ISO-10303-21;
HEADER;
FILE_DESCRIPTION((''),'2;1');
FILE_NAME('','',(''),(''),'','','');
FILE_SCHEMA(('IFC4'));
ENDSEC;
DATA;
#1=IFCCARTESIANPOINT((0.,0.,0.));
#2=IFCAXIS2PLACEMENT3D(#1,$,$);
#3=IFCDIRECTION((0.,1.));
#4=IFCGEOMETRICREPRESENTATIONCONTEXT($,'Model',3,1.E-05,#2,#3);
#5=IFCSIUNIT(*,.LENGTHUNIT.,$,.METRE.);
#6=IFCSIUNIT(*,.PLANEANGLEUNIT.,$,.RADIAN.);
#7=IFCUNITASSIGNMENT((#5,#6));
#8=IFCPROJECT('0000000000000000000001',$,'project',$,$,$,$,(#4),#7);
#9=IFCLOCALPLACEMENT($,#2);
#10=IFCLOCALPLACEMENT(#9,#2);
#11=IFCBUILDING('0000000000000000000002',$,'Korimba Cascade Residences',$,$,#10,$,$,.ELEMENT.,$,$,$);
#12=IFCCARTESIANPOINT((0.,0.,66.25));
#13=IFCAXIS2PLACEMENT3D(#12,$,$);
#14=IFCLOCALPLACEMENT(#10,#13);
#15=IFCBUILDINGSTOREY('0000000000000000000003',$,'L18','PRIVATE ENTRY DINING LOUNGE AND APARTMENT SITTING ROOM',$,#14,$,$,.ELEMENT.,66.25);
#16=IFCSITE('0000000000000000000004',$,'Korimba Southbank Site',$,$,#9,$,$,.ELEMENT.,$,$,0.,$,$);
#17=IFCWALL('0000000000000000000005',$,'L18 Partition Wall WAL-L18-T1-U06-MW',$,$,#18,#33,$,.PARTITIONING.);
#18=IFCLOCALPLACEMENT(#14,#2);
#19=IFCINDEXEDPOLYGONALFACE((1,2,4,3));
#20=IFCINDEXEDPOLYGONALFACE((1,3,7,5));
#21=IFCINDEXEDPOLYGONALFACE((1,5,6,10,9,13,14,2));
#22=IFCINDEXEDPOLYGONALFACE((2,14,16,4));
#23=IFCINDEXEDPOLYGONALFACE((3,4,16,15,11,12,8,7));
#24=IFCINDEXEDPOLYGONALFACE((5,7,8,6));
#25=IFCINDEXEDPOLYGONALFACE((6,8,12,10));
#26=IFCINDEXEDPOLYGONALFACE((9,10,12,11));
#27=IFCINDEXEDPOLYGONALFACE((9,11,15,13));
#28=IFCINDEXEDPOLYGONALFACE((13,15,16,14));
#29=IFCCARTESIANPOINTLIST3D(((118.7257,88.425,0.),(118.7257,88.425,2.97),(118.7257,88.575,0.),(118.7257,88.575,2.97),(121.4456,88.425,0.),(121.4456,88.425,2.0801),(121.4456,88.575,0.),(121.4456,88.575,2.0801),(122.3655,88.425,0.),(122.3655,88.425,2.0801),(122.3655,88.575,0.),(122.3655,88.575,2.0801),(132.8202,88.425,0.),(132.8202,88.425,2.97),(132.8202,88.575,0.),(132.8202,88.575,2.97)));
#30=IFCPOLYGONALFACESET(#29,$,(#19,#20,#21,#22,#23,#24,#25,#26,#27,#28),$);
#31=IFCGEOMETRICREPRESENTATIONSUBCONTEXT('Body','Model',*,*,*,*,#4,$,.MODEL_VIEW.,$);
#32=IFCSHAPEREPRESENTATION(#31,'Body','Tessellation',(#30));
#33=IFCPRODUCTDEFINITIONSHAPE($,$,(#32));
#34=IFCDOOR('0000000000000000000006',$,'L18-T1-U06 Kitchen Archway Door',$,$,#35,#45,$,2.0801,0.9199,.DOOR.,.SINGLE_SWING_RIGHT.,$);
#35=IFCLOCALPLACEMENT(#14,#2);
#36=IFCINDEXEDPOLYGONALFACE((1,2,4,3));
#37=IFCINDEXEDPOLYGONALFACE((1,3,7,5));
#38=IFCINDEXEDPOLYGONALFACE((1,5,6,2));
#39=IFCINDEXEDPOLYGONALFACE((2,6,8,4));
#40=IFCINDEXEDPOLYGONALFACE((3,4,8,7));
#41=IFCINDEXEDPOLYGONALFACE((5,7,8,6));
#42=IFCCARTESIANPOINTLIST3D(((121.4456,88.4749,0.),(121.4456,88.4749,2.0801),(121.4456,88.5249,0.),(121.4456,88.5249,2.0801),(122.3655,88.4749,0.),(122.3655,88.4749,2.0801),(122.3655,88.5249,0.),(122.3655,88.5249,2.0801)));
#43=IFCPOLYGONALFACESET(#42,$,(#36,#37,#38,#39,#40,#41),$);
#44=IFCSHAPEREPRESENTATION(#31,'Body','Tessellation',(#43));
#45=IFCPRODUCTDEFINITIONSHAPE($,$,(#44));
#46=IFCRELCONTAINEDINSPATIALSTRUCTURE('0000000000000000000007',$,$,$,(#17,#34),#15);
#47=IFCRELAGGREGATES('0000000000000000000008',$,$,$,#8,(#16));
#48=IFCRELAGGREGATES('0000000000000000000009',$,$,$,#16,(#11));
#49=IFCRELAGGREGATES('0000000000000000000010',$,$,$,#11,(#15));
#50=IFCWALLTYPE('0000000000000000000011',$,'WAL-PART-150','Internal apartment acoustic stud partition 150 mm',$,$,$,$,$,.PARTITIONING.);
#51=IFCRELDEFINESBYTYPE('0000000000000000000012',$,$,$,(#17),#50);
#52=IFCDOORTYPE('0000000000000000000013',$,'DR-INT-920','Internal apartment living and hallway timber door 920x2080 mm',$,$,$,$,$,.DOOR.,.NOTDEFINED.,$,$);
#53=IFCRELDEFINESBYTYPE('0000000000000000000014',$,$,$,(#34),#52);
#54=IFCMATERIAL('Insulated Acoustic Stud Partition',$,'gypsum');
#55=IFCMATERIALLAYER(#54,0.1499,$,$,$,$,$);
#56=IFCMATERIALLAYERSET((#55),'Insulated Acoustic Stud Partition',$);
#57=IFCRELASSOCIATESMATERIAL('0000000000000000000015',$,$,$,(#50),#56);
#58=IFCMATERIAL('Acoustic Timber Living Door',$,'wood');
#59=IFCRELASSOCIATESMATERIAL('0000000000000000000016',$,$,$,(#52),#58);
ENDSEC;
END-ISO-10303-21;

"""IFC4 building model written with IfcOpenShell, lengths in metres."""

from ifc_helpers import new_model, si_unit, direction, frame, frame_2d, origin, place, context, subcontext, project, spatial, rectangle, extrude, material, layer, layer_set, type_object, element, fill, save


model = new_model("IFC4")

# Units and contexts
model_context = context("Model", 3, precision=1e-05, world=origin(), true_north=direction((0.0, 1.0)))
body_context = subcontext(model_context, "Body", "Model", "MODEL_VIEW")
ifc_project = project(units=[si_unit("LENGTHUNIT", "METRE"), si_unit("PLANEANGLEUNIT", "RADIAN")], contexts=[model_context])

# Site, building, storey
site_placement = place(None, origin())
site = spatial("IfcSite", under=ifc_project, at=site_placement, Name="Korimba Southbank Site", CompositionType="ELEMENT", RefElevation=0.0)
building_placement = place(site_placement, origin())
building = spatial("IfcBuilding", under=site, at=building_placement, Name="Korimba Cascade Residences", CompositionType="ELEMENT")
storey_placement = place(building_placement, frame((0.0, 0.0, 66.25)))
storey = spatial("IfcBuildingStorey", under=building, at=storey_placement, Name="L18", Description="PRIVATE ENTRY DINING LOUNGE AND APARTMENT SITTING ROOM", CompositionType="ELEMENT", Elevation=66.25)

# Shared definitions
ifc_material_1 = material(Name="Insulated Acoustic Stud Partition", Category="gypsum")
ifc_layer_1 = layer(ifc_material_1, 0.1499)
ifc_layer_set_1 = layer_set([ifc_layer_1], Name="Insulated Acoustic Stud Partition")
wall_type_1 = type_object("IfcWallType", Name="WAL-PART-150", Description="Internal apartment acoustic stud partition 150 mm", PredefinedType="PARTITIONING", material=ifc_layer_set_1)

# Wall, opening, door
wall_1_placement = place(storey_placement, frame((118.7256, 88.5, 0.0), z_axis=(0.0, 0.0, 1.0), x_axis=(1.0, 0.0, 0.0)))
wall_1 = element("IfcWall", 1, at=wall_1_placement, inside=storey, type_object=wall_type_1, Name="L18 Partition Wall WAL-L18-T1-U06-MW", PredefinedType="PARTITIONING", context=body_context, shape_type="SweptSolid", body=[
    extrude(rectangle(XDim=14.0945, YDim=0.1499, at=frame_2d((7.0474, 0.0))), origin(), (0.0, 0.0, 1.0), 2.97),
])
opening_1_placement = place(wall_1_placement, frame((2.72, 0.0, 0.0)))
opening_1 = element("IfcOpeningElement", 2, at=opening_1_placement, cuts=wall_1, PredefinedType="OPENING", context=body_context, shape_type="SweptSolid", body=[
    extrude(rectangle(XDim=0.9199, YDim=2.0801, at=frame_2d((0.46, 1.04))), frame((0.0, 0.085, 0.0), z_axis=(0.0, -1.0, 0.0), x_axis=(1.0, 0.0, 0.0)), (0.0, 0.0, 1.0), 0.1699),
])
ifc_material_2 = material(Name="Acoustic Timber Living Door", Category="wood")
door_type_1 = type_object("IfcDoorType", Name="DR-INT-920", Description="Internal apartment living and hallway timber door 920x2080 mm", OperationType="NOTDEFINED", PredefinedType="DOOR", material=ifc_material_2)
door_1_placement = place(opening_1_placement, origin())
door_1 = element("IfcDoor", 3, at=door_1_placement, inside=storey, type_object=door_type_1, Name="L18-T1-U06 Kitchen Archway Door", OperationType="SINGLE_SWING_RIGHT", OverallHeight=2.0801, OverallWidth=0.9199, PredefinedType="DOOR", context=body_context, shape_type="SweptSolid", body=[
    extrude(rectangle(XDim=0.9199, YDim=2.0801, at=frame_2d((0.46, 1.04))), frame((0.0, 0.0249, 0.0), z_axis=(0.0, -1.0, 0.0), x_axis=(1.0, 0.0, 0.0)), (0.0, 0.0, 1.0), 0.05),
])
fill(opening_1, door_1)

save(model, "model.ifc")
